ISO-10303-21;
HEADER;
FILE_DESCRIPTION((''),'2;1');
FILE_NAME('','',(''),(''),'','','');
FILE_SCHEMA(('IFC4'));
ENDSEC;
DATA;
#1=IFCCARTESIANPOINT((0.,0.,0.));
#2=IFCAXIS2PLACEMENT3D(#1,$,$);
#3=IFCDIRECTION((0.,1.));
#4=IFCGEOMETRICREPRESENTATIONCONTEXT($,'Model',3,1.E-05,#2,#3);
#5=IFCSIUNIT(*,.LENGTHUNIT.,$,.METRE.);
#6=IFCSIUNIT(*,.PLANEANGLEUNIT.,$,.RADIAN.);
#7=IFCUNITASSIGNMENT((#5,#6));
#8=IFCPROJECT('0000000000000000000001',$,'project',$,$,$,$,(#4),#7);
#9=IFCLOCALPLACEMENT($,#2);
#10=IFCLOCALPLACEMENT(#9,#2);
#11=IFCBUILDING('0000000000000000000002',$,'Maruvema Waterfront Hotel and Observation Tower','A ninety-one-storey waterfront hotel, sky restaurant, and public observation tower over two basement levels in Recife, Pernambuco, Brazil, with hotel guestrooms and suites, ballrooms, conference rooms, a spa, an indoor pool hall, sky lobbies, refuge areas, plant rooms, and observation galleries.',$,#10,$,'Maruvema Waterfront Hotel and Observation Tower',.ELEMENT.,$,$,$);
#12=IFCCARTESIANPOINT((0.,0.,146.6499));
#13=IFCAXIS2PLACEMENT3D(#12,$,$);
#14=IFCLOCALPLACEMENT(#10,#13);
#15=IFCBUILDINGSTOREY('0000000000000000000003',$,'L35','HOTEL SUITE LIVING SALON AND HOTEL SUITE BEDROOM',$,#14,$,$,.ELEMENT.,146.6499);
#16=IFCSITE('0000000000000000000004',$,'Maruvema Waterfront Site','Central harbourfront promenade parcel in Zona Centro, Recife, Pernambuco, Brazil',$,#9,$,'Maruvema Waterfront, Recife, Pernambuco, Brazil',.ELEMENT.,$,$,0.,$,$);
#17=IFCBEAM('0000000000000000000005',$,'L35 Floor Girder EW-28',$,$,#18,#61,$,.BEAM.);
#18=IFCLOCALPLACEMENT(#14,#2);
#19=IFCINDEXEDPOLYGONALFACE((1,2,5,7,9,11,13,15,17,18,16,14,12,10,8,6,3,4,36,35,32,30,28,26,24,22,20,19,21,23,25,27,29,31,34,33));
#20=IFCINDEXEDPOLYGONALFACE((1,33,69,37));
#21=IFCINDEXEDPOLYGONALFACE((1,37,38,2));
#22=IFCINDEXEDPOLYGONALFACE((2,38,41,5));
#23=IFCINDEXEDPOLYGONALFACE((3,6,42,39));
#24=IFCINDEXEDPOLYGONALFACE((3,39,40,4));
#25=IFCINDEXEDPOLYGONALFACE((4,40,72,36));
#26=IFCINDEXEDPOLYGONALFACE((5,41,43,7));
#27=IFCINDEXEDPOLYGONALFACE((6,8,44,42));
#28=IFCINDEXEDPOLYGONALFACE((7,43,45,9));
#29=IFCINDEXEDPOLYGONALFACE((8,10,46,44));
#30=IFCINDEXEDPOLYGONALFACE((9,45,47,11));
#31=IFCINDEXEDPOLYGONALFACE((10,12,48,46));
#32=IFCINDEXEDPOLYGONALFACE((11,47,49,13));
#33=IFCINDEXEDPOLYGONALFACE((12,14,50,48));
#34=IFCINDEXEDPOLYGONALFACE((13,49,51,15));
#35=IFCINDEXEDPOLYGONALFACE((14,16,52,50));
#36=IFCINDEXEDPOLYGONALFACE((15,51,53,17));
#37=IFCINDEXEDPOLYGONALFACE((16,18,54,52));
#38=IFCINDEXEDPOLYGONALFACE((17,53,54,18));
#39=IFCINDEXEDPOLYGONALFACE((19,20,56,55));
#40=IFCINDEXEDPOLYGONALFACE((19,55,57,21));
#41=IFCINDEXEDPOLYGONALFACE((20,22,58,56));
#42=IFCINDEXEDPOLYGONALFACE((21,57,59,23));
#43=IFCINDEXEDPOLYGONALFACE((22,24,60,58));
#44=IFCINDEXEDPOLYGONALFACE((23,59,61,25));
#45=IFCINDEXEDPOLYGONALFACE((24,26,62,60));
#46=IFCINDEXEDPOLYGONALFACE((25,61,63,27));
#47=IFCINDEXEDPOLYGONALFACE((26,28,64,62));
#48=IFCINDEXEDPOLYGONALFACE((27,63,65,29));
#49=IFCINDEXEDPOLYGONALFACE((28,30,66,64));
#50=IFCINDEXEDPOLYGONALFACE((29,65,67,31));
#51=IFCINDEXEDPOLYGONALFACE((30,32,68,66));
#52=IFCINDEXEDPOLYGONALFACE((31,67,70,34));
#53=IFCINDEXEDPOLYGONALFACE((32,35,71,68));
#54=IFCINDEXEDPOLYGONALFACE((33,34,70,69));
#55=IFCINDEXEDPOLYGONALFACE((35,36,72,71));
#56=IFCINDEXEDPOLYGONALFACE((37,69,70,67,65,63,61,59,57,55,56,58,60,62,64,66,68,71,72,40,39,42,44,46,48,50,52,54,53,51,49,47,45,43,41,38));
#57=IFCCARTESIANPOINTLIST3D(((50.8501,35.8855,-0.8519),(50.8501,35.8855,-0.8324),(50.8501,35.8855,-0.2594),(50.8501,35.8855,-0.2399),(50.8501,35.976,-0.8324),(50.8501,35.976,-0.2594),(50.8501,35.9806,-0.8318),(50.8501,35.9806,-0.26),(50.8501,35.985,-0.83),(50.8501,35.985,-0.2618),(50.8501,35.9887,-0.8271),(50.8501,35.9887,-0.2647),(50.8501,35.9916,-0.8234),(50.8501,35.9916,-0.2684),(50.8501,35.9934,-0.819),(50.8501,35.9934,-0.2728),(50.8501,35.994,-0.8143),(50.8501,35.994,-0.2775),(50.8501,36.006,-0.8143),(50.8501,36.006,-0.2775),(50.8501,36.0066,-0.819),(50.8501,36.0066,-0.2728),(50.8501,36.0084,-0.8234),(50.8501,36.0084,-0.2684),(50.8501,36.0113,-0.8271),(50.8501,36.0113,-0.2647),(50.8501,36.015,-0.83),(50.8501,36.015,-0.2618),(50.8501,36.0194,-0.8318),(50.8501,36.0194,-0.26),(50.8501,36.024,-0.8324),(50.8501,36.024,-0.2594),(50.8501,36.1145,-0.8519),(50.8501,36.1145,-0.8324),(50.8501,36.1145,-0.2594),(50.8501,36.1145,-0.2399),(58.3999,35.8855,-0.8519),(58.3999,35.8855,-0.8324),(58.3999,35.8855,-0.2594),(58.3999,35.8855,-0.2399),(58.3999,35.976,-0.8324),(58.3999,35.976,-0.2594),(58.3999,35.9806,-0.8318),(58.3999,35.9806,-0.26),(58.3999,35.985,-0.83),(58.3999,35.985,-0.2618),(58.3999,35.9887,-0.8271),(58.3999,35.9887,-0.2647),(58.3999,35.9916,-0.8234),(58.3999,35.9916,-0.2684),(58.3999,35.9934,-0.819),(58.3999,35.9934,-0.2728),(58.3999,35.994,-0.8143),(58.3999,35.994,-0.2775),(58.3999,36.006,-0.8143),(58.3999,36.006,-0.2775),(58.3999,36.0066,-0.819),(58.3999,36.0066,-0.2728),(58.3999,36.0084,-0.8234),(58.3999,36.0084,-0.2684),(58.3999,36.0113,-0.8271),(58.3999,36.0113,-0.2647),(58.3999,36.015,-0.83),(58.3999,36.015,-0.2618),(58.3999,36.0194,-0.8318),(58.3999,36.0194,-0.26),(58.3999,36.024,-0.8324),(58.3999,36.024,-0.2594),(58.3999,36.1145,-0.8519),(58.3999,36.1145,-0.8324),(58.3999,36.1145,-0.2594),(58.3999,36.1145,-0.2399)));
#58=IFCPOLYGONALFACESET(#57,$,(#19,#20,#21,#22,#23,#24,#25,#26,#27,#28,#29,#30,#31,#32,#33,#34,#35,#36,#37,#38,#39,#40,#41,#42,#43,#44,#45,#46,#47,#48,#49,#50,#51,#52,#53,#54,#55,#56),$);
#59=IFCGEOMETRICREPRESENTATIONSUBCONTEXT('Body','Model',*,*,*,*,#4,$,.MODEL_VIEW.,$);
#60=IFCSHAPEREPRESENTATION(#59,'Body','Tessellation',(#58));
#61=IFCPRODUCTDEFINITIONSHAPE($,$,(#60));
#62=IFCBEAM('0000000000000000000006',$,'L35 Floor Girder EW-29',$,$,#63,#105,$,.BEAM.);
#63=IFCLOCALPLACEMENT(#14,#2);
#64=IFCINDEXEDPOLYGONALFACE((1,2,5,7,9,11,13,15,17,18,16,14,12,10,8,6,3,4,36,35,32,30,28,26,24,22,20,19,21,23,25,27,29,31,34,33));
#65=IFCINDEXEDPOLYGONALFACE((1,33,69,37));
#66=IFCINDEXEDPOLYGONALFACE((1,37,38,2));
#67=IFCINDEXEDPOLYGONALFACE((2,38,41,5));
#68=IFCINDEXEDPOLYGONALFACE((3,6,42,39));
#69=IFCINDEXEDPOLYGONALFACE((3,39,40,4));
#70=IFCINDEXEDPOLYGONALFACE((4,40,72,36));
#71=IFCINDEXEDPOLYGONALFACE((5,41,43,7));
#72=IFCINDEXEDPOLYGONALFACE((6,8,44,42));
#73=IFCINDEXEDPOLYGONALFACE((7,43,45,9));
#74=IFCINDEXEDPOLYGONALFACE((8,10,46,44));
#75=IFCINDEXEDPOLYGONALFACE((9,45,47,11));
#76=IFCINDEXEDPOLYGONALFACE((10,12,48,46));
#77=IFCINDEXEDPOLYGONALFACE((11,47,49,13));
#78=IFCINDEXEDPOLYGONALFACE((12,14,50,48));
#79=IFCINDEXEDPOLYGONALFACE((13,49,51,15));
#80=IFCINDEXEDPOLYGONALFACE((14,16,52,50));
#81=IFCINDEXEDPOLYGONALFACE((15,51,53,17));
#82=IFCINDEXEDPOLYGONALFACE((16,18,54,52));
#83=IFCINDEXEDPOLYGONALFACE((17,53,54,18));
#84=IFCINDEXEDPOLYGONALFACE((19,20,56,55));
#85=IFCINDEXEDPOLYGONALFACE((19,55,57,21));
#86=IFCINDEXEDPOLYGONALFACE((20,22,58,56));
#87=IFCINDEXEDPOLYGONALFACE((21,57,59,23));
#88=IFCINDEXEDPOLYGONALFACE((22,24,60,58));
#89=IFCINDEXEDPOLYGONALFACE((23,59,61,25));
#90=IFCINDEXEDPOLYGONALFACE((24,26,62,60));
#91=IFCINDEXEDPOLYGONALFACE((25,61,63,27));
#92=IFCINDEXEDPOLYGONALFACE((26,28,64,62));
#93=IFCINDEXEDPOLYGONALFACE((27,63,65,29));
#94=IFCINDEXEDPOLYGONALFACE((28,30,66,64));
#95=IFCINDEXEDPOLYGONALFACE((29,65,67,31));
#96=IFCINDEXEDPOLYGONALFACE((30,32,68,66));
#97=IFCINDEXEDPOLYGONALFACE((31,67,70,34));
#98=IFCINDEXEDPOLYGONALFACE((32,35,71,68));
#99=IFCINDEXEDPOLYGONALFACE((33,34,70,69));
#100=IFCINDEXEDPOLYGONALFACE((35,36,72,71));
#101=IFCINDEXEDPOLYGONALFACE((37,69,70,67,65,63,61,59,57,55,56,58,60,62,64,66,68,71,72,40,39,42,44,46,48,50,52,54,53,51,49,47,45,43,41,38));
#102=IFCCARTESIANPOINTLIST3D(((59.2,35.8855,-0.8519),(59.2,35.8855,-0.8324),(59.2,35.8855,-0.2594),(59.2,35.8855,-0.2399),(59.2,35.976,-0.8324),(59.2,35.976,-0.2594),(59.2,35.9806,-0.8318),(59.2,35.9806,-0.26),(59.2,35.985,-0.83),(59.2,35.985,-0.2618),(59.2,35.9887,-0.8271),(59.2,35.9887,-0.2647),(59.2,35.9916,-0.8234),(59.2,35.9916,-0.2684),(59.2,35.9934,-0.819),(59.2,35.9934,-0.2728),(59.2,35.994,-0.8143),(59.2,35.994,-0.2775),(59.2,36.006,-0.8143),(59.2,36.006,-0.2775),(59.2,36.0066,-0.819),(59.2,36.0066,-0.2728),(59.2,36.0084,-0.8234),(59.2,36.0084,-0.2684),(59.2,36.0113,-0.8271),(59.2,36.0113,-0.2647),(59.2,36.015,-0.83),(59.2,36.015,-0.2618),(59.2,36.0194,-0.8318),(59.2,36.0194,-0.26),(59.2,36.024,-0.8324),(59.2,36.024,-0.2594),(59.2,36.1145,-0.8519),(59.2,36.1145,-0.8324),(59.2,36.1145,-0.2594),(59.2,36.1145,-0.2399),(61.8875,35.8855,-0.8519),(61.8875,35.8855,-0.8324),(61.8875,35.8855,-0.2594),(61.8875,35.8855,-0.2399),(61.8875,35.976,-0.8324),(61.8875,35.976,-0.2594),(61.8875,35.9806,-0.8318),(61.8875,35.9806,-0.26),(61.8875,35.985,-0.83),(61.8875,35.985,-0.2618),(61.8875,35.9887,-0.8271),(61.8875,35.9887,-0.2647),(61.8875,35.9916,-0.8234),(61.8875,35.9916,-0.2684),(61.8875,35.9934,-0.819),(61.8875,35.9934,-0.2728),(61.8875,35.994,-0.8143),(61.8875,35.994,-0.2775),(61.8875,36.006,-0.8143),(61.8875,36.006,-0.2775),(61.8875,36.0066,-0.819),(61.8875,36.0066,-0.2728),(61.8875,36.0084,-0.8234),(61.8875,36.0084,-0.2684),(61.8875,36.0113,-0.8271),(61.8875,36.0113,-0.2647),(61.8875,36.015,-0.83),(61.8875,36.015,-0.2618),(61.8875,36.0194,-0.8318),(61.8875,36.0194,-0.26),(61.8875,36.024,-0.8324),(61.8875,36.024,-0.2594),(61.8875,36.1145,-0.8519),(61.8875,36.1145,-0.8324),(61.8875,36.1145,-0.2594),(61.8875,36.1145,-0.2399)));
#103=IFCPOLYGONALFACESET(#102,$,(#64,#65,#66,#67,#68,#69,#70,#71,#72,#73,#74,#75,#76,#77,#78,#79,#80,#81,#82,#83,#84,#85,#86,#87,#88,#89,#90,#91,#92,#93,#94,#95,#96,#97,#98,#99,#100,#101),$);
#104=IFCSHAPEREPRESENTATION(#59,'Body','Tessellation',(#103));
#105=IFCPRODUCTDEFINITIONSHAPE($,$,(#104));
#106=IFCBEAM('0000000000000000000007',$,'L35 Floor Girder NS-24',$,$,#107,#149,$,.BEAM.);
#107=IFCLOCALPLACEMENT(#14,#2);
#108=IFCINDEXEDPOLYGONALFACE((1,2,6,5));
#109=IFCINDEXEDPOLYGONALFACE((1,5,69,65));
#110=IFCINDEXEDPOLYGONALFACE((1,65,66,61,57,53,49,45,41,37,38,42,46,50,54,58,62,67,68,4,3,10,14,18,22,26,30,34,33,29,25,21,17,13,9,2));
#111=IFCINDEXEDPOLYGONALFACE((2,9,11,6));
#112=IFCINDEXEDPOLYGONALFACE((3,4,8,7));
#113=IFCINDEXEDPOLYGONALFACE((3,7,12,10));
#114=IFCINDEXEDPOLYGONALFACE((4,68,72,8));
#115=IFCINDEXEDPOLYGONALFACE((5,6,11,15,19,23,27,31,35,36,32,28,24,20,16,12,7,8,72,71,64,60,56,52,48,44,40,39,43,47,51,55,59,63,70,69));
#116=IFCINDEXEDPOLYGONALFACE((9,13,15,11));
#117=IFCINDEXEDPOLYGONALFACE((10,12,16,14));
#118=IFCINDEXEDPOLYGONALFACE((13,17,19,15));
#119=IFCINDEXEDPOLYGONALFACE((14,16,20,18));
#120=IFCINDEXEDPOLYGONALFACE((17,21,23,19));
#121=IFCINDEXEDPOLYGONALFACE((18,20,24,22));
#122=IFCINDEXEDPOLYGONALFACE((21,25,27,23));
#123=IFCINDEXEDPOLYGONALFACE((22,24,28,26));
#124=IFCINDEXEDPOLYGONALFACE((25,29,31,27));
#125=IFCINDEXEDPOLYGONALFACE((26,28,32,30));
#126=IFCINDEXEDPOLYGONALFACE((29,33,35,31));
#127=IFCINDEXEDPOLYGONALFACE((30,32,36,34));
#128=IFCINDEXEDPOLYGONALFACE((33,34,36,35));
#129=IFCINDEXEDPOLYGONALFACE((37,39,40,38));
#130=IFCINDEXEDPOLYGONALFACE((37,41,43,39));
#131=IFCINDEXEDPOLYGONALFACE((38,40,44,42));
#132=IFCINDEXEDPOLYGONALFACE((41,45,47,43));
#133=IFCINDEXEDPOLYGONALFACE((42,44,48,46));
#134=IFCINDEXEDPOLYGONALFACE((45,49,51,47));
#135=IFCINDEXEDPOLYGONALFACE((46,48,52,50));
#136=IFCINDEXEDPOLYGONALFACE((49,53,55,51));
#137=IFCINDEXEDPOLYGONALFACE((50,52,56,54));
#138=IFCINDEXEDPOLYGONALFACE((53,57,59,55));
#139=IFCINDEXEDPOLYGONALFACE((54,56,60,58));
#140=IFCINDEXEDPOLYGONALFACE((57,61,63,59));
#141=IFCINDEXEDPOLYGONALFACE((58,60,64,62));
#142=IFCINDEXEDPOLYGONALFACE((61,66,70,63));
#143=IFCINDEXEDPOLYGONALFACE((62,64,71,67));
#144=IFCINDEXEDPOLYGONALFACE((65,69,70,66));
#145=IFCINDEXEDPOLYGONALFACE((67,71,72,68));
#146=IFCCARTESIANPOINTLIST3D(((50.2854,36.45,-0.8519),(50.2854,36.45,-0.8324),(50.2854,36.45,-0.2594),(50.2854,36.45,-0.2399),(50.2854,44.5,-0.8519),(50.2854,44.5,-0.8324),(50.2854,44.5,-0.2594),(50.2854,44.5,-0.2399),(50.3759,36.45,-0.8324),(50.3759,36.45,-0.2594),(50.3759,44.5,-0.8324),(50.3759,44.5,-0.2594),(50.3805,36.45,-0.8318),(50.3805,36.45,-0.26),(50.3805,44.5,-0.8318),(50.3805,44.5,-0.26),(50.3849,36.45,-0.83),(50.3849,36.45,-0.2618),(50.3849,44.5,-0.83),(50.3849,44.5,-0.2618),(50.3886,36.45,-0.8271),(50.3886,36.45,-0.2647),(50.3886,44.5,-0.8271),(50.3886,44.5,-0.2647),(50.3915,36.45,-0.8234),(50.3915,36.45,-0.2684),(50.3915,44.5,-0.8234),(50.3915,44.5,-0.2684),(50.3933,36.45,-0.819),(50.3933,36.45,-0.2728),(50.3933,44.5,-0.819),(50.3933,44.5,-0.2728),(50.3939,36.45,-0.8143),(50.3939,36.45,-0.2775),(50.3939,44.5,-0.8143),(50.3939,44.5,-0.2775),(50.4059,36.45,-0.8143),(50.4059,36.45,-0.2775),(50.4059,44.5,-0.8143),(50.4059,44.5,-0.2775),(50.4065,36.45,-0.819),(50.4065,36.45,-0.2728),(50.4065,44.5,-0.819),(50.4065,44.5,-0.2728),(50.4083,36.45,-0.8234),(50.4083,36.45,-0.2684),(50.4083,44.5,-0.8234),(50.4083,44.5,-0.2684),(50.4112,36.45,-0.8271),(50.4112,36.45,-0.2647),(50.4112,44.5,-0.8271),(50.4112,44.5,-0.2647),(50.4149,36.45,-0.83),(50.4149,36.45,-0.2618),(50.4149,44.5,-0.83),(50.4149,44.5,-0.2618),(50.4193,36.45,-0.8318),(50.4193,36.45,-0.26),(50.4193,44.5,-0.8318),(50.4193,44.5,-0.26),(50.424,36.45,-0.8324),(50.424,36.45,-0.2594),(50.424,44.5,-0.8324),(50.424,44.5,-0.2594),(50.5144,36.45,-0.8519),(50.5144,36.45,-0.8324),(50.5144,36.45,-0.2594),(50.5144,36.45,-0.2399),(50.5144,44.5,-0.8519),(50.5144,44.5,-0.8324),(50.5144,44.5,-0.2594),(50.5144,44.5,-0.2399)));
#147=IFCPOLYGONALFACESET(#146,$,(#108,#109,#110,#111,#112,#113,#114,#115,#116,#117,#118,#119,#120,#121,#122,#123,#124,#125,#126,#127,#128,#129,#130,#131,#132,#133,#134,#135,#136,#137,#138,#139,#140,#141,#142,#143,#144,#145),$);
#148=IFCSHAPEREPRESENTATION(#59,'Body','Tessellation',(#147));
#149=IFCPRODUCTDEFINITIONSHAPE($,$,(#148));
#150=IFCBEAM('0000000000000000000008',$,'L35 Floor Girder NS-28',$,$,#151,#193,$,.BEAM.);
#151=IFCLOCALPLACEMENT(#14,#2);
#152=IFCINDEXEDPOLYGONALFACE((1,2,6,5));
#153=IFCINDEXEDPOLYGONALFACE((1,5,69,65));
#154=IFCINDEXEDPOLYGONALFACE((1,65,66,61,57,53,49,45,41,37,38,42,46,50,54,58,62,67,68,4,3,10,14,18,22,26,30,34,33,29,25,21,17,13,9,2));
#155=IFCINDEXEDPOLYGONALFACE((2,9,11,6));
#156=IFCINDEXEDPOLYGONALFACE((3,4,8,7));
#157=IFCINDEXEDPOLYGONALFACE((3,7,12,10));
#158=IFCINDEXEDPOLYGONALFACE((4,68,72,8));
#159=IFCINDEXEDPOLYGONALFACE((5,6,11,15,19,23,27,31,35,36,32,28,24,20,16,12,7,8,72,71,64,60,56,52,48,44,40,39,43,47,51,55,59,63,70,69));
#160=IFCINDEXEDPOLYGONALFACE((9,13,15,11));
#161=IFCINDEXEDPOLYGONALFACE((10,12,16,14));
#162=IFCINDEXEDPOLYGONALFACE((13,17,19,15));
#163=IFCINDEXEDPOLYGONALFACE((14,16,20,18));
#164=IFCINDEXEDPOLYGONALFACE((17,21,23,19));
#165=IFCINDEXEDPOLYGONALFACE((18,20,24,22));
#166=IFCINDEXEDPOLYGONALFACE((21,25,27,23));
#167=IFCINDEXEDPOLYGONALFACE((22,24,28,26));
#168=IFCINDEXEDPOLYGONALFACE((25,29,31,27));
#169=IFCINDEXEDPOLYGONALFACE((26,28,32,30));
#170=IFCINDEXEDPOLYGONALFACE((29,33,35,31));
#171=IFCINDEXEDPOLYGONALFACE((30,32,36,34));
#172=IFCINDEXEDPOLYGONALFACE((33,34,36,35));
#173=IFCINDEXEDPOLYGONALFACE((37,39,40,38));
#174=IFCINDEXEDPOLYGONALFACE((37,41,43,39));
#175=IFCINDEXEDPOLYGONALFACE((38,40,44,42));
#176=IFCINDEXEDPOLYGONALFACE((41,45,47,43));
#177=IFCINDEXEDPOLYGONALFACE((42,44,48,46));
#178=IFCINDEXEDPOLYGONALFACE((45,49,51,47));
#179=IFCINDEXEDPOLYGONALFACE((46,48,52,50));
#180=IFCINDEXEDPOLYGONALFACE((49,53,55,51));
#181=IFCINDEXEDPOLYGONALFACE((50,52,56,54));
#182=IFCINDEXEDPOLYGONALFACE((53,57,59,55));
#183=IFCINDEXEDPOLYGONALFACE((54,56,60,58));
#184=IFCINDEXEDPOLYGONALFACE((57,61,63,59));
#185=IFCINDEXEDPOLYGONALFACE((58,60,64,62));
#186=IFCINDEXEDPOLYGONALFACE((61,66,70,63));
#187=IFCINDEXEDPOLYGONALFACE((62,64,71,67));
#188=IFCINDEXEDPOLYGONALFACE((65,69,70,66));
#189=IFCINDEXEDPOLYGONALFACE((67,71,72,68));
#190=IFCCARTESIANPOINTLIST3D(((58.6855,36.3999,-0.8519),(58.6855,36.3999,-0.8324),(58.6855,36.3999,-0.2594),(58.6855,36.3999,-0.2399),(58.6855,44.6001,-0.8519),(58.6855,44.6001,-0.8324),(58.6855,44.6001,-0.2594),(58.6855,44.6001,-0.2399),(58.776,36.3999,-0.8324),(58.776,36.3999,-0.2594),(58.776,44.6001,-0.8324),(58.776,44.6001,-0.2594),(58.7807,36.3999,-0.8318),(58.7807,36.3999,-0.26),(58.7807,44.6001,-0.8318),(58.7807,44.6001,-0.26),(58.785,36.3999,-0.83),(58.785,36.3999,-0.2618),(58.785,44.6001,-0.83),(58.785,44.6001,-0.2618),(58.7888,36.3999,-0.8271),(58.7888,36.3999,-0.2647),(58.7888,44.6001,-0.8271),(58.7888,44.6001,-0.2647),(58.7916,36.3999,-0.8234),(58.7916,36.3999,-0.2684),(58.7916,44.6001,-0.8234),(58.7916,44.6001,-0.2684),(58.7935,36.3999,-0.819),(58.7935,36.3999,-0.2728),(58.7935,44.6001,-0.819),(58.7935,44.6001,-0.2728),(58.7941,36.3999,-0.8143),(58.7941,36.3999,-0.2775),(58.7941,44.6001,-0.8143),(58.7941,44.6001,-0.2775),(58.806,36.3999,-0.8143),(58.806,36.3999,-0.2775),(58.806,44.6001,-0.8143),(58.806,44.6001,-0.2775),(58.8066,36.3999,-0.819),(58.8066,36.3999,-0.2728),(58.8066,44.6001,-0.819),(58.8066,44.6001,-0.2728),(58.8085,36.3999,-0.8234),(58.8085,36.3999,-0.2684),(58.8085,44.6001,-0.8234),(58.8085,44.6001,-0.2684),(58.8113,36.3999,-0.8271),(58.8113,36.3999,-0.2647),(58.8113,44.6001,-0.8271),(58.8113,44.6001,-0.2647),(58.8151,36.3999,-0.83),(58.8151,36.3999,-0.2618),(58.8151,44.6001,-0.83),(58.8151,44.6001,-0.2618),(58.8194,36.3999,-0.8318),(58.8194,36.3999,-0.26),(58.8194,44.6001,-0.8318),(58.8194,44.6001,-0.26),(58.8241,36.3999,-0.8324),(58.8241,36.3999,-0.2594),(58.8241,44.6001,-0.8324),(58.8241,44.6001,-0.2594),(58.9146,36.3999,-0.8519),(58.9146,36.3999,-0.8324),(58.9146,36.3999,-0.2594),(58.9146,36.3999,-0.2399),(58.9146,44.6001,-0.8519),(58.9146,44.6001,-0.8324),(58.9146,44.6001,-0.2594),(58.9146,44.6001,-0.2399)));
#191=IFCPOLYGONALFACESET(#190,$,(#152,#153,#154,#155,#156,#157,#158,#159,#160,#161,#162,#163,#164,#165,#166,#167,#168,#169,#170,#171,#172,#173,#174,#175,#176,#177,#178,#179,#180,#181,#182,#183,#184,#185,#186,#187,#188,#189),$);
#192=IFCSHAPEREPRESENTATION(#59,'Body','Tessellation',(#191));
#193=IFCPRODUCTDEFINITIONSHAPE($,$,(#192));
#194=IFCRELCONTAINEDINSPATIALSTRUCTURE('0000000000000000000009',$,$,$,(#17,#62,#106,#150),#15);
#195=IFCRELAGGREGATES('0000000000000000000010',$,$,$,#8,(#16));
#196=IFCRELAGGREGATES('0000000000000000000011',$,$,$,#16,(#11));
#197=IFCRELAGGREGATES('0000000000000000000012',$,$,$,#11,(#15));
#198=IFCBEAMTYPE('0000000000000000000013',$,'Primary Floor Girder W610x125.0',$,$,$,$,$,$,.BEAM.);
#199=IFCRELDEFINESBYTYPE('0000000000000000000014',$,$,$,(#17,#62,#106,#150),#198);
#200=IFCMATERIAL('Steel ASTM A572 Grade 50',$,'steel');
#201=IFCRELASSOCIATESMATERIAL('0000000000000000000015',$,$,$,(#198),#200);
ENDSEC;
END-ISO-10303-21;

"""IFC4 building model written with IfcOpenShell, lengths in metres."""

from ifc_helpers import new_model, si_unit, direction, frame, origin, origin_2d, place, context, subcontext, project, spatial, i_section, extrude, material, material_profile, profile_set, type_object, element, save


model = new_model("IFC4")

# Units and contexts
model_context = context("Model", 3, precision=1e-05, world=origin(), true_north=direction((0.0, 1.0)))
body_context = subcontext(model_context, "Body", "Model", "MODEL_VIEW")
ifc_project = project(units=[si_unit("LENGTHUNIT", "METRE"), si_unit("PLANEANGLEUNIT", "RADIAN")], contexts=[model_context])

# Site, building, storey
site_placement = place(None, origin())
site = spatial("IfcSite", under=ifc_project, at=site_placement, Name="Maruvema Waterfront Site", Description="Central harbourfront promenade parcel in Zona Centro, Recife, Pernambuco, Brazil", LongName="Maruvema Waterfront, Recife, Pernambuco, Brazil", CompositionType="ELEMENT", RefElevation=0.0)
building_placement = place(site_placement, origin())
building = spatial("IfcBuilding", under=site, at=building_placement, Name="Maruvema Waterfront Hotel and Observation Tower", Description="A ninety-one-storey waterfront hotel, sky restaurant, and public observation tower over two basement levels in Recife, Pernambuco, Brazil, with hotel guestrooms and suites, ballrooms, conference rooms, a spa, an indoor pool hall, sky lobbies, refuge areas, plant rooms, and observation galleries.", LongName="Maruvema Waterfront Hotel and Observation Tower", CompositionType="ELEMENT")
storey_placement = place(building_placement, frame((0.0, 0.0, 146.6499)))
storey = spatial("IfcBuildingStorey", under=building, at=storey_placement, Name="L35", Description="HOTEL SUITE LIVING SALON AND HOTEL SUITE BEDROOM", CompositionType="ELEMENT", Elevation=146.6499)

# Beams
ifc_material_1 = material(Name="Steel ASTM A572 Grade 50", Category="steel")
ifc_material_profile_1 = material_profile(ifc_material_1, i_section(OverallWidth=0.229, OverallDepth=0.6121, WebThickness=0.012, FlangeThickness=0.0195, FilletRadius=0.0181, at=origin_2d()), Name="W610x125.0")
ifc_profile_set_1 = profile_set([ifc_material_profile_1], Name="Steel ASTM A572 Grade 50")
beam_type_1 = type_object("IfcBeamType", Name="Primary Floor Girder W610x125.0", PredefinedType="BEAM", material=ifc_profile_set_1)
beam_1_placement = place(storey_placement, frame((50.8501, 36.0, -0.5459), z_axis=(1.0, 0.0, 0.0), x_axis=(0.0, 1.0, 0.0)))
element("IfcBeam", 1, at=beam_1_placement, inside=storey, type_object=beam_type_1, Name="L35 Floor Girder EW-28", PredefinedType="BEAM", context=body_context, shape_type="SweptSolid", body=[
    extrude(i_section(OverallWidth=0.229, OverallDepth=0.6121, WebThickness=0.012, FlangeThickness=0.0195, FilletRadius=0.0181, at=origin_2d()), origin(), (0.0, 0.0, 1.0), 7.5498),
])
beam_2_placement = place(storey_placement, frame((59.2, 36.0, -0.5459), z_axis=(1.0, 0.0, 0.0), x_axis=(0.0, 1.0, 0.0)))
element("IfcBeam", 2, at=beam_2_placement, inside=storey, type_object=beam_type_1, Name="L35 Floor Girder EW-29", PredefinedType="BEAM", context=body_context, shape_type="SweptSolid", body=[
    extrude(i_section(OverallWidth=0.229, OverallDepth=0.6121, WebThickness=0.012, FlangeThickness=0.0195, FilletRadius=0.0181, at=origin_2d()), origin(), (0.0, 0.0, 1.0), 2.6875),
])
beam_3_placement = place(storey_placement, frame((50.3999, 36.45, -0.5459), z_axis=(0.0, 1.0, 0.0), x_axis=(-1.0, 0.0, 0.0)))
element("IfcBeam", 3, at=beam_3_placement, inside=storey, type_object=beam_type_1, Name="L35 Floor Girder NS-24", PredefinedType="BEAM", context=body_context, shape_type="SweptSolid", body=[
    extrude(i_section(OverallWidth=0.229, OverallDepth=0.6121, WebThickness=0.012, FlangeThickness=0.0195, FilletRadius=0.0181, at=origin_2d()), origin(), (0.0, 0.0, 1.0), 8.05),
])
beam_4_placement = place(storey_placement, frame((58.8, 36.3999, -0.5459), z_axis=(0.0, 1.0, 0.0), x_axis=(-1.0, 0.0, 0.0)))
element("IfcBeam", 4, at=beam_4_placement, inside=storey, type_object=beam_type_1, Name="L35 Floor Girder NS-28", PredefinedType="BEAM", context=body_context, shape_type="SweptSolid", body=[
    extrude(i_section(OverallWidth=0.229, OverallDepth=0.6121, WebThickness=0.012, FlangeThickness=0.0195, FilletRadius=0.0181, at=origin_2d()), origin(), (0.0, 0.0, 1.0), 8.2002),
])

save(model, "model.ifc")
